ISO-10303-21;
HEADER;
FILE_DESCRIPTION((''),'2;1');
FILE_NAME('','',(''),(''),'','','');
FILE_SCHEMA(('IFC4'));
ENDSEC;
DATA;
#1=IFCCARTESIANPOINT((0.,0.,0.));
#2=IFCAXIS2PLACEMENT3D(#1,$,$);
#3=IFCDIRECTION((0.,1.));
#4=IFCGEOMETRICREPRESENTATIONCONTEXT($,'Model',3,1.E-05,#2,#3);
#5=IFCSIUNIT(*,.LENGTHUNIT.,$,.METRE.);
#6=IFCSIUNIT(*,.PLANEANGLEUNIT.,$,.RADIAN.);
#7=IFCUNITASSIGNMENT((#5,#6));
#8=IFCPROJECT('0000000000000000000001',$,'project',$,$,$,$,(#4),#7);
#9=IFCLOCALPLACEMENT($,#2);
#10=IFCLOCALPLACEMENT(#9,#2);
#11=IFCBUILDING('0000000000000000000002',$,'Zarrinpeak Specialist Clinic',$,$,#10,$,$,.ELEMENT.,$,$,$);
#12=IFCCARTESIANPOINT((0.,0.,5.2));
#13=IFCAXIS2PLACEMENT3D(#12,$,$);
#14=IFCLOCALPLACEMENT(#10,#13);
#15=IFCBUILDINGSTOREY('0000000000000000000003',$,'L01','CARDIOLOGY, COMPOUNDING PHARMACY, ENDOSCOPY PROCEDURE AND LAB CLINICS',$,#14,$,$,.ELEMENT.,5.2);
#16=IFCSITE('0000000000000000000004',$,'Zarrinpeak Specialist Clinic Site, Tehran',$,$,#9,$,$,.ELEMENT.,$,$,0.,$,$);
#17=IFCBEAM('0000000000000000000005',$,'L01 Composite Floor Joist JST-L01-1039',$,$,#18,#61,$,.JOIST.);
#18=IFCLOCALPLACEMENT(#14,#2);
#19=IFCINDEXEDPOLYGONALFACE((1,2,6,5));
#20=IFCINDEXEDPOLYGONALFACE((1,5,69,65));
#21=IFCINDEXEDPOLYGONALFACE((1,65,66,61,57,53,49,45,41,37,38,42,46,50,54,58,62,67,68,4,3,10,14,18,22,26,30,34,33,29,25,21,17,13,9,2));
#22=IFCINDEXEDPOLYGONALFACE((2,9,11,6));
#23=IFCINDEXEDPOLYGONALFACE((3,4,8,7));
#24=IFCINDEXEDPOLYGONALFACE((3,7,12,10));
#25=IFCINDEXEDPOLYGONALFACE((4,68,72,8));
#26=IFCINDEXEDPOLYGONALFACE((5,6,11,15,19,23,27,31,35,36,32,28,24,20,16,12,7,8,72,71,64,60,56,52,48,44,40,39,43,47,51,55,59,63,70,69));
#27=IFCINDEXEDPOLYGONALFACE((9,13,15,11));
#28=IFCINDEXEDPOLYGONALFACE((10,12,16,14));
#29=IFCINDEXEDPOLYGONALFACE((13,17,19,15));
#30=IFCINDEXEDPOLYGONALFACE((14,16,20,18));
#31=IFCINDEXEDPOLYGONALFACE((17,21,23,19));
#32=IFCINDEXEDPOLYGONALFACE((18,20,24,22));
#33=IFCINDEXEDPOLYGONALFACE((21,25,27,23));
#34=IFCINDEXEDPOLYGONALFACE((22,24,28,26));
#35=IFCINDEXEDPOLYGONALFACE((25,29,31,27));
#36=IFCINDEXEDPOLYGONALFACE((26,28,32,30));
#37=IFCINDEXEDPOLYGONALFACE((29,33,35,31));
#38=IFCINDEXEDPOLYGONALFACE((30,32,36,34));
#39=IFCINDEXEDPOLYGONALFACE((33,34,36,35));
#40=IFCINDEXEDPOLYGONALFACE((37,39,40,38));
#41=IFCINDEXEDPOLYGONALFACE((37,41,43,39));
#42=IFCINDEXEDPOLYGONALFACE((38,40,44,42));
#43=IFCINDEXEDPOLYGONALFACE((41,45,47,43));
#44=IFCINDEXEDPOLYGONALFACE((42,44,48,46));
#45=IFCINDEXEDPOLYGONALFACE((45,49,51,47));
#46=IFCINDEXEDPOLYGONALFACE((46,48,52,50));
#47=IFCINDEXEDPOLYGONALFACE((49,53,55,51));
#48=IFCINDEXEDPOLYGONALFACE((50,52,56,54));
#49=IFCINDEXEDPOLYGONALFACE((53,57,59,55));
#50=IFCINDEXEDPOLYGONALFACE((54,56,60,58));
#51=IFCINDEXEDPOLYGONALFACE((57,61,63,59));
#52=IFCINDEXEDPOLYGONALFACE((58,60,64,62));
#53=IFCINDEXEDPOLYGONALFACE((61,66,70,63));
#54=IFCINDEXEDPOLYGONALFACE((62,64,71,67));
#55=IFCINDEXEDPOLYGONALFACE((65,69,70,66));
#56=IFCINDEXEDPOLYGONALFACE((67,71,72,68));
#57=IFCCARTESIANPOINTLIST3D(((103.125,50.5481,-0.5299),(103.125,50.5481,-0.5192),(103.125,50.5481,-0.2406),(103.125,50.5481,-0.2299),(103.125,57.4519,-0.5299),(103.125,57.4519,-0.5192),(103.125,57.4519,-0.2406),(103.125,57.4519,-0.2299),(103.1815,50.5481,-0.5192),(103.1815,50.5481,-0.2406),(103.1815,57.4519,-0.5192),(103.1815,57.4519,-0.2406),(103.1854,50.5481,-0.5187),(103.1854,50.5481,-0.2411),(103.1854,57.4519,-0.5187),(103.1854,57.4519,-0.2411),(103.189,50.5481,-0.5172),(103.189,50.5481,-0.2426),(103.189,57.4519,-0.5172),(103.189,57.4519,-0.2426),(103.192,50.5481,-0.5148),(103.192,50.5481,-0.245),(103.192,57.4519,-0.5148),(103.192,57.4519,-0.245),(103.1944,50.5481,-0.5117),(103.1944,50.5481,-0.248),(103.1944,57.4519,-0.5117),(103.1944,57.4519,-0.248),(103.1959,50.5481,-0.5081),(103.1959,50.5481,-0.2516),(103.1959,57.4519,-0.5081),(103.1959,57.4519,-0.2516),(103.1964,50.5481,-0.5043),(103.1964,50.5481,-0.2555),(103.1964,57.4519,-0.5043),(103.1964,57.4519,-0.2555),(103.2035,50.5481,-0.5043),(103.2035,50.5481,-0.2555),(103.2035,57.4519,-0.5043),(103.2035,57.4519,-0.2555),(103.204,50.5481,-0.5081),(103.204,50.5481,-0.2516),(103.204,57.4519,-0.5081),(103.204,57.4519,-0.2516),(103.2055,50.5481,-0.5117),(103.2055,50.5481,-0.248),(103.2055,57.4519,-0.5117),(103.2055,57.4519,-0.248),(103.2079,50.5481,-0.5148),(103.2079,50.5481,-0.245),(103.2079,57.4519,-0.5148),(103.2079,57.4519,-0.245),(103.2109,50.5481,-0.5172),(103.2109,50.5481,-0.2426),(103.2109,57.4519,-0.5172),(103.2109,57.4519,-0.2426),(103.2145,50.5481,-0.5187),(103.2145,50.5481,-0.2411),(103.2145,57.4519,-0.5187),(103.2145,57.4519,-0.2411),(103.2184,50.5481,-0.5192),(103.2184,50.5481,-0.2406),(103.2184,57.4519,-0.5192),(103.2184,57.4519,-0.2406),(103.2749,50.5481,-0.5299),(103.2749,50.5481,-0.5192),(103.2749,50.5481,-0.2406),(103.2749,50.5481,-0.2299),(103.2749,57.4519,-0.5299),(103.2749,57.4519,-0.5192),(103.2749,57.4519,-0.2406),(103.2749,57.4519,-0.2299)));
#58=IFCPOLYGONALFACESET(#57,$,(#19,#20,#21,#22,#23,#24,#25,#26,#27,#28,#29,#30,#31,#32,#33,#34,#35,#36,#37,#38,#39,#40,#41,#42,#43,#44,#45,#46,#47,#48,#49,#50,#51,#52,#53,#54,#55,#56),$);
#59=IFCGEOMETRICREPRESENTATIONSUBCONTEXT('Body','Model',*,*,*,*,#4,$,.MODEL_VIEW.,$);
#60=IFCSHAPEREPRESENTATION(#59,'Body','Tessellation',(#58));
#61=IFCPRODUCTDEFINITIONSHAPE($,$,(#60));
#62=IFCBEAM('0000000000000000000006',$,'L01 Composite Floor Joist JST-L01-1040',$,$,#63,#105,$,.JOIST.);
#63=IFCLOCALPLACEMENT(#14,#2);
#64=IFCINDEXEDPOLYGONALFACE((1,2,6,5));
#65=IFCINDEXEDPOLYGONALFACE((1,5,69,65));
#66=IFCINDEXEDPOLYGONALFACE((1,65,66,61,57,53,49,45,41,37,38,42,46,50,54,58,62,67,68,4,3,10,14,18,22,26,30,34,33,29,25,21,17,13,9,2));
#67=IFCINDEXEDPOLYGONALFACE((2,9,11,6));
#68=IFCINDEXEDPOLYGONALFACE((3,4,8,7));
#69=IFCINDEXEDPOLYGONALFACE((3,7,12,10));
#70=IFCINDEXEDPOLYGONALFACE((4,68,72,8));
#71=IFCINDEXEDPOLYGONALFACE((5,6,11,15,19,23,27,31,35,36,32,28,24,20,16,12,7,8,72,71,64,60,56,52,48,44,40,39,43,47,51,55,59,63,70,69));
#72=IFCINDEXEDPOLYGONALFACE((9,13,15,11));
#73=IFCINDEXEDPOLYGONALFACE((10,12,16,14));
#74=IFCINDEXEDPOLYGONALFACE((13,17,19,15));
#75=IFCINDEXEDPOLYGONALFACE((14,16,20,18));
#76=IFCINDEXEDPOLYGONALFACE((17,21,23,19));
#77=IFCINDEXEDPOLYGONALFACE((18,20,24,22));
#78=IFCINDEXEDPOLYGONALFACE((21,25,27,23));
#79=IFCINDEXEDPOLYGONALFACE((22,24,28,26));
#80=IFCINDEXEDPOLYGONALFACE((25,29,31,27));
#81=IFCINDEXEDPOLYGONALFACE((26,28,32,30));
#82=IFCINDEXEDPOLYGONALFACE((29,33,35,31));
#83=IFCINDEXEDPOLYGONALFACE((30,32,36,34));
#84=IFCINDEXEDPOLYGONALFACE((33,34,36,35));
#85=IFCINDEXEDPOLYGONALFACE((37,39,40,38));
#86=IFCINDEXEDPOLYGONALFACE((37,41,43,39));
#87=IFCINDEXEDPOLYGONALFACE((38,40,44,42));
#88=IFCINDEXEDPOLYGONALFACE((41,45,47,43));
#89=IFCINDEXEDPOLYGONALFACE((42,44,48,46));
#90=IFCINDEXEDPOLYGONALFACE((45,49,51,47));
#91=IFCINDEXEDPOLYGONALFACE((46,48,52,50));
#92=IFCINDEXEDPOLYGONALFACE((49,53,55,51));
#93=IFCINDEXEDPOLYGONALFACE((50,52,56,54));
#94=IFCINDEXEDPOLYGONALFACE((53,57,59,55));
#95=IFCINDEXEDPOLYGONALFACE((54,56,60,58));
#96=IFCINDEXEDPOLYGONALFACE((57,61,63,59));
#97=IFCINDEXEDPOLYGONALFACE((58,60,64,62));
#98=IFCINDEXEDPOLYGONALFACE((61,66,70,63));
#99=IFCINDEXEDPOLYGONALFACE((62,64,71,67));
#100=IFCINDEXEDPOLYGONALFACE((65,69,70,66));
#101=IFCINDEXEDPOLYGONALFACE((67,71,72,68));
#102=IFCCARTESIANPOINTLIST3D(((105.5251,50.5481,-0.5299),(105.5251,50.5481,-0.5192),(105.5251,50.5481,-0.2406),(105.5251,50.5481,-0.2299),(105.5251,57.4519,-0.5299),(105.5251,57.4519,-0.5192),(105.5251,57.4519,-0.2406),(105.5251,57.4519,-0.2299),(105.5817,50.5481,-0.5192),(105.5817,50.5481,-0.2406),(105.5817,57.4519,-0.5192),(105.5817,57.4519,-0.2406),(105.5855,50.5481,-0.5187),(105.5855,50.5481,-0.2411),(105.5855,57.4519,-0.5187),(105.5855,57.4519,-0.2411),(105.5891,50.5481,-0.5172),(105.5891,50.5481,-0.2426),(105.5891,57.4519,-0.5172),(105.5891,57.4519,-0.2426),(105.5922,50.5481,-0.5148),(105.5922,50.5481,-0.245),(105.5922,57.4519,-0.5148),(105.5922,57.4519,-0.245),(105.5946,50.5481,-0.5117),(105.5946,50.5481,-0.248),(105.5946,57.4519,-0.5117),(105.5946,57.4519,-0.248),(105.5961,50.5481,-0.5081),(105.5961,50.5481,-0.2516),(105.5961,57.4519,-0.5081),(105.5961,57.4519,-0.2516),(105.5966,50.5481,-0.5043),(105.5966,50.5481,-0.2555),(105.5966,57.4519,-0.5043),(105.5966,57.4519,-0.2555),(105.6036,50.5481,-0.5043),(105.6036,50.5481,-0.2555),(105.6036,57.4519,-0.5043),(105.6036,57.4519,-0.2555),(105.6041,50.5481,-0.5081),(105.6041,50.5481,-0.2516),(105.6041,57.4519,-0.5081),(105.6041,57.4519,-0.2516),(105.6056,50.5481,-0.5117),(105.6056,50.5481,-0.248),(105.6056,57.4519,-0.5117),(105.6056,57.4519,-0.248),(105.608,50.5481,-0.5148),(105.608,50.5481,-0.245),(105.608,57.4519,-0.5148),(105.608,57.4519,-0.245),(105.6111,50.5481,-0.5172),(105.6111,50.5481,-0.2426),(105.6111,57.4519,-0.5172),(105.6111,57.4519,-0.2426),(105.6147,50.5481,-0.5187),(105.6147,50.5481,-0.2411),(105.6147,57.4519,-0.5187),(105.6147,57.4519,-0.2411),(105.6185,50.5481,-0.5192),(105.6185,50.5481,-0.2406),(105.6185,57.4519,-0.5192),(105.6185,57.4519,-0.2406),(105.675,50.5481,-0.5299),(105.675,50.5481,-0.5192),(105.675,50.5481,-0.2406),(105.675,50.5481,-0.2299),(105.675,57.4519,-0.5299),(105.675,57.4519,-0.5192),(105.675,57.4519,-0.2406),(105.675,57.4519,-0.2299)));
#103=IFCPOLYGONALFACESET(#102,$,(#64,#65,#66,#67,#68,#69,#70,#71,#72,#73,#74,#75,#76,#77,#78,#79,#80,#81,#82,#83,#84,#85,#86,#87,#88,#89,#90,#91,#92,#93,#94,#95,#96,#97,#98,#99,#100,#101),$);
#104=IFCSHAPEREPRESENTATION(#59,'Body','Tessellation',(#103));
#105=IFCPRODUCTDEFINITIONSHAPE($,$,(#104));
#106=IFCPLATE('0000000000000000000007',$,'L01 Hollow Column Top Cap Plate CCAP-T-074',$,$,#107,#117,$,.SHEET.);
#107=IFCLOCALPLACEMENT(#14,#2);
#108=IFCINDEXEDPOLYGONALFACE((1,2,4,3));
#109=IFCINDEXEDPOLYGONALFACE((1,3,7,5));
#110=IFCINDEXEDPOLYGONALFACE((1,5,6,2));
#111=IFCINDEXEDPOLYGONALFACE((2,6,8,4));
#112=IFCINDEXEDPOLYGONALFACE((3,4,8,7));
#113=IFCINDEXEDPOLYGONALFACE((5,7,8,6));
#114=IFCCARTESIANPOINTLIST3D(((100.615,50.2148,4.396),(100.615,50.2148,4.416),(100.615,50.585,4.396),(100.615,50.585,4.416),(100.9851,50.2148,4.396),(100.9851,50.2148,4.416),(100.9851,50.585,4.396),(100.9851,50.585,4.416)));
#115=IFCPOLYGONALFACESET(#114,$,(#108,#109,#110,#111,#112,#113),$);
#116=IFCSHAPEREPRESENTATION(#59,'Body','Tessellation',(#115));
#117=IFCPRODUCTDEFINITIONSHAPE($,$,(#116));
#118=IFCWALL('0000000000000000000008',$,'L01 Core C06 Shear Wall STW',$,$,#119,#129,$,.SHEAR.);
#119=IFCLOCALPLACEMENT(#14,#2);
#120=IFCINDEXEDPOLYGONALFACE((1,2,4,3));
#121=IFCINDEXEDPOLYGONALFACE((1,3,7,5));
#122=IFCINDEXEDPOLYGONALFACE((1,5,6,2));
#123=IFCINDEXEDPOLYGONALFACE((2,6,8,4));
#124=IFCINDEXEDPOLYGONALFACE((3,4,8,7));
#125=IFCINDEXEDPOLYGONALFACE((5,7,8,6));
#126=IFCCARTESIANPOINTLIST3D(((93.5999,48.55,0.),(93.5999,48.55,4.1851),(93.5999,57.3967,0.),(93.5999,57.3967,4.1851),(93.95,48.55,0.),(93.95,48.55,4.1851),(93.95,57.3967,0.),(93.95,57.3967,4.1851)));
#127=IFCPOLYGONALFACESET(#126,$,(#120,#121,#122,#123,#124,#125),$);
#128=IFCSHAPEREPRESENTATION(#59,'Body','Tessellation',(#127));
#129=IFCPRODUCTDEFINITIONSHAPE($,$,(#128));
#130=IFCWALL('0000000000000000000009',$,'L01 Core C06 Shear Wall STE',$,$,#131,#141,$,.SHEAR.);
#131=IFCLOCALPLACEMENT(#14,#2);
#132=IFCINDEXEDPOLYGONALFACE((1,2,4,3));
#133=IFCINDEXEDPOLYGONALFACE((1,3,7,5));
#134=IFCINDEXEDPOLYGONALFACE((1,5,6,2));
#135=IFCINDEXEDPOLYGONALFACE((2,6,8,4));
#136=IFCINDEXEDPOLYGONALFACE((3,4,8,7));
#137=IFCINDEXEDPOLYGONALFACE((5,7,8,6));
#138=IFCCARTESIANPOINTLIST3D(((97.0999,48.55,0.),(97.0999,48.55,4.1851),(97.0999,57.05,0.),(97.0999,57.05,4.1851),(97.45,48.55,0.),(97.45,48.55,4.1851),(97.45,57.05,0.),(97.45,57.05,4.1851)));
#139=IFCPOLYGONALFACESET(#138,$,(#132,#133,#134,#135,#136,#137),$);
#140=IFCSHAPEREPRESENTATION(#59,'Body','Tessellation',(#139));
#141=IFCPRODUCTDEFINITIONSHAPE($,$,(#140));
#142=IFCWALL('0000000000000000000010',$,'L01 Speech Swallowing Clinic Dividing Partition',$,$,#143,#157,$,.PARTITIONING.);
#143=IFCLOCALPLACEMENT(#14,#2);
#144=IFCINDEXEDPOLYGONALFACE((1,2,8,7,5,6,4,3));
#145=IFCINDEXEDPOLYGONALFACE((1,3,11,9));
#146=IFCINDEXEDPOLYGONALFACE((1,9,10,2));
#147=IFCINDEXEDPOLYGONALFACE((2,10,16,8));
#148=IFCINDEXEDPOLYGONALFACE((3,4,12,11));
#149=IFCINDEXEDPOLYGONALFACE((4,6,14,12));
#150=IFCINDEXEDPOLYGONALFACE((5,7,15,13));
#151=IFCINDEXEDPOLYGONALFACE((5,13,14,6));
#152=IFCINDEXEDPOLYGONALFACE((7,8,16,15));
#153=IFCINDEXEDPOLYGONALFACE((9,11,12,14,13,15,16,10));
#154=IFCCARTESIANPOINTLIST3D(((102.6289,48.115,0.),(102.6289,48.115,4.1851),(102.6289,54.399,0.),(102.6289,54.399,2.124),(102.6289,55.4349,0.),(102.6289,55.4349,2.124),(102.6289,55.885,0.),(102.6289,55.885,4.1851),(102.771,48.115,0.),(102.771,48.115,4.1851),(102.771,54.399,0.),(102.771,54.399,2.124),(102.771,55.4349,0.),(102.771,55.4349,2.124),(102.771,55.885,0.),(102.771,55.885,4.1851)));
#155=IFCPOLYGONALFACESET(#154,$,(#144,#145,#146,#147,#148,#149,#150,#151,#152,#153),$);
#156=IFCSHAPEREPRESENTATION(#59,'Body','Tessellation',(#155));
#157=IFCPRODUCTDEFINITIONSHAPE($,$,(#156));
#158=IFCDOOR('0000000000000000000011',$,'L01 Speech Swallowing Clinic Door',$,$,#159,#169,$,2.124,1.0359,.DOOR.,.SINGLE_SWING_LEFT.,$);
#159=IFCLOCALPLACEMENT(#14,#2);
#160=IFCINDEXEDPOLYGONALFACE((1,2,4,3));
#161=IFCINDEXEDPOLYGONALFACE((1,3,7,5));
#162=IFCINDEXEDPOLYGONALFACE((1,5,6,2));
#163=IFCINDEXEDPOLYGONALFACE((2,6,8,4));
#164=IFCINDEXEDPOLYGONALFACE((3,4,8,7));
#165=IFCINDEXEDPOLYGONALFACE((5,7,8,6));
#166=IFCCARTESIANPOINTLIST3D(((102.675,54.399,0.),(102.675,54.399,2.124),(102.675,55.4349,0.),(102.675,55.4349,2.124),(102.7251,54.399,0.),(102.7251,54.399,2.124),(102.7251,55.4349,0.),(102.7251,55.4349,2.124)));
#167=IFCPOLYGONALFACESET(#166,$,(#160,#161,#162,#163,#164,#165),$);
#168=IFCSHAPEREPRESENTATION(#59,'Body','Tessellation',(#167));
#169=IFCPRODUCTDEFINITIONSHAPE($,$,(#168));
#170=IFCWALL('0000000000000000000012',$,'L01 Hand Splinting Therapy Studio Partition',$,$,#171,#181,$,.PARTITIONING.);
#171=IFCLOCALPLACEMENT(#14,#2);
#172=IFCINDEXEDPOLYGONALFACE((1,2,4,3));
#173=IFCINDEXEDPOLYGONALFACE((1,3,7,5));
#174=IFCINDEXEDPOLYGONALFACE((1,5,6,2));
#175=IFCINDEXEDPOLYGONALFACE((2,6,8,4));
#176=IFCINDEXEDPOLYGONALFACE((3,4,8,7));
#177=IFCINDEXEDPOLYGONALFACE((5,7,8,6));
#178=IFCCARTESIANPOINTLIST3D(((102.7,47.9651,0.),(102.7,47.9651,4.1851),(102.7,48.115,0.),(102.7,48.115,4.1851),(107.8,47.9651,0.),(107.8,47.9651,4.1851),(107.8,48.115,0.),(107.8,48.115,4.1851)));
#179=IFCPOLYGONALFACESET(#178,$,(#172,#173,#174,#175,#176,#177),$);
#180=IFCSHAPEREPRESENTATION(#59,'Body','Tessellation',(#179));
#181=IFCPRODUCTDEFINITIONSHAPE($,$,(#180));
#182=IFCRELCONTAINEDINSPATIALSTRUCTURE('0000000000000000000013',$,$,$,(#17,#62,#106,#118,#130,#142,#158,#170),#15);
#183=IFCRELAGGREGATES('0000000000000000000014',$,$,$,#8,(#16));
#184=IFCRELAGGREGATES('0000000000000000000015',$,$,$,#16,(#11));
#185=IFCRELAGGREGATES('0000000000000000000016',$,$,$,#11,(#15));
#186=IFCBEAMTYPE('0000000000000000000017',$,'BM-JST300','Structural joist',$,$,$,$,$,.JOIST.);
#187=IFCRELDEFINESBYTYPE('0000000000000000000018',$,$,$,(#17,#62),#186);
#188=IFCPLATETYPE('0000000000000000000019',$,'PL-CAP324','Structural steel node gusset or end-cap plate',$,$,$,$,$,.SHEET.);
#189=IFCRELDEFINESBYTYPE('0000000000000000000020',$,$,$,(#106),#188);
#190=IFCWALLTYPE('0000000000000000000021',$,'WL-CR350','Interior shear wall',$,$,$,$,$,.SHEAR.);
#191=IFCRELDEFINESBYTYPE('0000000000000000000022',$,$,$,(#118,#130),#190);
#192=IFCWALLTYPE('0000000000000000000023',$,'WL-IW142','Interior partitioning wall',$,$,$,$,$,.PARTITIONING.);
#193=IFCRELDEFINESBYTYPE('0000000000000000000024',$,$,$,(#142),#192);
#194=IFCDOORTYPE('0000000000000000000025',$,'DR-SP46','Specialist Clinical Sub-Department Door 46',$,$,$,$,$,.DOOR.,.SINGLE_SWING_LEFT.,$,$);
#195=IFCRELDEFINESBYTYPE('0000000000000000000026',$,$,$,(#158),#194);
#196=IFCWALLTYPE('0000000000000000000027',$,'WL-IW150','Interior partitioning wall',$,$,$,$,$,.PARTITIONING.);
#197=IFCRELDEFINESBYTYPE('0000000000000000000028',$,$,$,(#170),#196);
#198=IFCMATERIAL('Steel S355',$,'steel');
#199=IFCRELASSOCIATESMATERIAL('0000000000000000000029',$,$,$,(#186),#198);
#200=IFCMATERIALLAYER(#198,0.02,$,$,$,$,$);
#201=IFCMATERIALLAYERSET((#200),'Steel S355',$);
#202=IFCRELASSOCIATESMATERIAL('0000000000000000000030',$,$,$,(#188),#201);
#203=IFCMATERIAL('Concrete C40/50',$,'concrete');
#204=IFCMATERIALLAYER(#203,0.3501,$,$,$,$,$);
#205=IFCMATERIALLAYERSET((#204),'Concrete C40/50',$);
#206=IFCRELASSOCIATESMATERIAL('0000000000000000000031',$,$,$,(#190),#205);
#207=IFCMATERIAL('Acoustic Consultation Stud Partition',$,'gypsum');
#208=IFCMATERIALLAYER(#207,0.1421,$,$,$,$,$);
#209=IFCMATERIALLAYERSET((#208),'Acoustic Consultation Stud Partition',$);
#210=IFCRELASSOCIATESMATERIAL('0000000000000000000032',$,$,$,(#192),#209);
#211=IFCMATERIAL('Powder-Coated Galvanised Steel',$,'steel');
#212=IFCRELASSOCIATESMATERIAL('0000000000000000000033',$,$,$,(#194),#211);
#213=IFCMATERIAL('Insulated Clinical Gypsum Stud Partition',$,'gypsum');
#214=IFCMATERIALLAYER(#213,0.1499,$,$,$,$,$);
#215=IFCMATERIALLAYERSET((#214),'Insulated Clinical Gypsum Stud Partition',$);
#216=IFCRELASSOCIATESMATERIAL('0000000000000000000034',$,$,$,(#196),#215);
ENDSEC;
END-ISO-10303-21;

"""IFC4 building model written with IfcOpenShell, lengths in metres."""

from ifc_helpers import new_model, si_unit, direction, frame, frame_2d, origin, origin_2d, place, context, subcontext, project, spatial, rectangle, i_section, extrude, material, layer, layer_set, material_profile, profile_set, type_object, element, fill, save


model = new_model("IFC4")

# Units and contexts
model_context = context("Model", 3, precision=1e-05, world=origin(), true_north=direction((0.0, 1.0)))
body_context = subcontext(model_context, "Body", "Model", "MODEL_VIEW")
ifc_project = project(units=[si_unit("LENGTHUNIT", "METRE"), si_unit("PLANEANGLEUNIT", "RADIAN")], contexts=[model_context])

# Site, building, storey
site_placement = place(None, origin())
site = spatial("IfcSite", under=ifc_project, at=site_placement, Name="Zarrinpeak Specialist Clinic Site, Tehran", CompositionType="ELEMENT", RefElevation=0.0)
building_placement = place(site_placement, origin())
building = spatial("IfcBuilding", under=site, at=building_placement, Name="Zarrinpeak Specialist Clinic", CompositionType="ELEMENT")
storey_placement = place(building_placement, frame((0.0, 0.0, 5.2)))
storey = spatial("IfcBuildingStorey", under=building, at=storey_placement, Name="L01", Description="CARDIOLOGY, COMPOUNDING PHARMACY, ENDOSCOPY PROCEDURE AND LAB CLINICS", CompositionType="ELEMENT", Elevation=5.2)

# Shared definitions
ifc_material_1 = material(Name="Steel S355", Category="steel")

# Beams
ifc_material_profile_1 = material_profile(ifc_material_1, i_section(OverallWidth=0.1499, OverallDepth=0.3, WebThickness=0.0071, FlangeThickness=0.0107, FilletRadius=0.0149, at=origin_2d()), Name="IPE 300")
ifc_profile_set_1 = profile_set([ifc_material_profile_1], Name="Steel S355")
beam_type_1 = type_object("IfcBeamType", Name="BM-JST300", Description="Structural joist", PredefinedType="JOIST", material=ifc_profile_set_1)
for number, where, z_axis, x_axis, name in (
    (1, (103.2, 50.5481, -0.3799), (0.0, 1.0, 0.0), (-1.0, 0.0, 0.0), "L01 Composite Floor Joist JST-L01-1039"),
    (2, (105.6001, 50.5481, -0.3799), (0.0, 1.0, 0.0), (-1.0, 0.0, 0.0), "L01 Composite Floor Joist JST-L01-1040"),
):
    element("IfcBeam", number, at=place(storey_placement, frame(where, z_axis=z_axis, x_axis=x_axis)), inside=storey, type_object=beam_type_1, Name=name, PredefinedType="JOIST", context=body_context, shape_type="SweptSolid", body=[
        extrude(i_section(OverallWidth=0.1499, OverallDepth=0.3, WebThickness=0.0071, FlangeThickness=0.0107, FilletRadius=0.0149, at=origin_2d()), origin(), (0.0, 0.0, 1.0), 6.9038),
    ])

# Plate
ifc_layer_1 = layer(ifc_material_1, 0.02)
ifc_layer_set_1 = layer_set([ifc_layer_1], Name="Steel S355")
plate_type = type_object("IfcPlateType", Name="PL-CAP324", Description="Structural steel node gusset or end-cap plate", PredefinedType="SHEET", material=ifc_layer_set_1)
plate_placement = place(storey_placement, frame((100.8, 50.3999, 4.396), z_axis=(0.0, 0.0, 1.0), x_axis=(1.0, 0.0, 0.0)))
element("IfcPlate", 3, at=plate_placement, inside=storey, type_object=plate_type, Name="L01 Hollow Column Top Cap Plate CCAP-T-074", PredefinedType="SHEET", context=body_context, shape_type="SweptSolid", body=[
    extrude(rectangle(XDim=0.3701, YDim=0.3701, at=origin_2d()), origin(), (0.0, 0.0, 1.0), 0.02),
])

# Shared definitions
ifc_material_2 = material(Name="Concrete C40/50", Category="concrete")
ifc_layer_2 = layer(ifc_material_2, 0.3501)
ifc_layer_set_2 = layer_set([ifc_layer_2], Name="Concrete C40/50")
wall_type_1 = type_object("IfcWallType", Name="WL-CR350", Description="Interior shear wall", PredefinedType="SHEAR", material=ifc_layer_set_2)
ifc_material_3 = material(Name="Powder-Coated Galvanised Steel", Category="steel")

# Walls
wall_1_placement = place(storey_placement, frame((93.7749, 48.55, 0.0), z_axis=(0.0, 0.0, 1.0), x_axis=(0.0, 1.0, 0.0)))
element("IfcWall", 4, at=wall_1_placement, inside=storey, type_object=wall_type_1, Name="L01 Core C06 Shear Wall STW", PredefinedType="SHEAR", context=body_context, shape_type="SweptSolid", body=[
    extrude(rectangle(XDim=8.8467, YDim=0.3501, at=frame_2d((4.4233, 0.0))), origin(), (0.0, 0.0, 1.0), 4.1851),
])
wall_2_placement = place(storey_placement, frame((97.2749, 48.55, 0.0), z_axis=(0.0, 0.0, 1.0), x_axis=(0.0, 1.0, 0.0)))
element("IfcWall", 5, at=wall_2_placement, inside=storey, type_object=wall_type_1, Name="L01 Core C06 Shear Wall STE", PredefinedType="SHEAR", context=body_context, shape_type="SweptSolid", body=[
    extrude(rectangle(XDim=8.5, YDim=0.3501, at=frame_2d((4.25, 0.0))), origin(), (0.0, 0.0, 1.0), 4.1851),
])

# Wall, opening, door
ifc_material_4 = material(Name="Acoustic Consultation Stud Partition", Category="gypsum")
ifc_layer_3 = layer(ifc_material_4, 0.1421)
ifc_layer_set_3 = layer_set([ifc_layer_3], Name="Acoustic Consultation Stud Partition")
wall_type_2 = type_object("IfcWallType", Name="WL-IW142", Description="Interior partitioning wall", PredefinedType="PARTITIONING", material=ifc_layer_set_3)
wall_3_placement = place(storey_placement, frame((102.7, 48.115, 0.0), z_axis=(0.0, 0.0, 1.0), x_axis=(0.0, 1.0, 0.0)))
wall_3 = element("IfcWall", 6, at=wall_3_placement, inside=storey, type_object=wall_type_2, Name="L01 Speech Swallowing Clinic Dividing Partition", PredefinedType="PARTITIONING", context=body_context, shape_type="SweptSolid", body=[
    extrude(rectangle(XDim=7.77, YDim=0.1421, at=frame_2d((3.885, 0.0))), origin(), (0.0, 0.0, 1.0), 4.1851),
])
opening_1_placement = place(wall_3_placement, frame((6.2839, 0.0, 0.0)))
opening_1 = element("IfcOpeningElement", 7, at=opening_1_placement, cuts=wall_3, PredefinedType="OPENING", context=body_context, shape_type="SweptSolid", body=[
    extrude(rectangle(XDim=1.0359, YDim=2.124, at=frame_2d((0.5181, 1.062))), frame((0.0, 0.0811, 0.0), z_axis=(0.0, -1.0, 0.0), x_axis=(1.0, 0.0, 0.0)), (0.0, 0.0, 1.0), 0.1621),
])
door_type_1 = type_object("IfcDoorType", Name="DR-SP46", Description="Specialist Clinical Sub-Department Door 46", OperationType="SINGLE_SWING_LEFT", PredefinedType="DOOR", material=ifc_material_3)
door_1_placement = place(opening_1_placement, origin())
door_1 = element("IfcDoor", 8, at=door_1_placement, inside=storey, type_object=door_type_1, Name="L01 Speech Swallowing Clinic Door", OperationType="SINGLE_SWING_LEFT", OverallHeight=2.124, OverallWidth=1.0359, PredefinedType="DOOR", context=body_context, shape_type="SweptSolid", body=[
    extrude(rectangle(XDim=1.0359, YDim=2.124, at=frame_2d((0.5181, 1.062))), frame((0.0, 0.0249, 0.0), z_axis=(0.0, -1.0, 0.0), x_axis=(1.0, 0.0, 0.0)), (0.0, 0.0, 1.0), 0.05),
])
fill(opening_1, door_1)

# Wall
ifc_material_5 = material(Name="Insulated Clinical Gypsum Stud Partition", Category="gypsum")
ifc_layer_4 = layer(ifc_material_5, 0.1499)
ifc_layer_set_4 = layer_set([ifc_layer_4], Name="Insulated Clinical Gypsum Stud Partition")
wall_type_3 = type_object("IfcWallType", Name="WL-IW150", Description="Interior partitioning wall", PredefinedType="PARTITIONING", material=ifc_layer_set_4)
wall_4_placement = place(storey_placement, frame((102.7, 48.04, 0.0), z_axis=(0.0, 0.0, 1.0), x_axis=(1.0, 0.0, 0.0)))
element("IfcWall", 9, at=wall_4_placement, inside=storey, type_object=wall_type_3, Name="L01 Hand Splinting Therapy Studio Partition", PredefinedType="PARTITIONING", context=body_context, shape_type="SweptSolid", body=[
    extrude(rectangle(XDim=5.1001, YDim=0.1499, at=frame_2d((2.55, 0.0))), origin(), (0.0, 0.0, 1.0), 4.1851),
])

save(model, "model.ifc")
